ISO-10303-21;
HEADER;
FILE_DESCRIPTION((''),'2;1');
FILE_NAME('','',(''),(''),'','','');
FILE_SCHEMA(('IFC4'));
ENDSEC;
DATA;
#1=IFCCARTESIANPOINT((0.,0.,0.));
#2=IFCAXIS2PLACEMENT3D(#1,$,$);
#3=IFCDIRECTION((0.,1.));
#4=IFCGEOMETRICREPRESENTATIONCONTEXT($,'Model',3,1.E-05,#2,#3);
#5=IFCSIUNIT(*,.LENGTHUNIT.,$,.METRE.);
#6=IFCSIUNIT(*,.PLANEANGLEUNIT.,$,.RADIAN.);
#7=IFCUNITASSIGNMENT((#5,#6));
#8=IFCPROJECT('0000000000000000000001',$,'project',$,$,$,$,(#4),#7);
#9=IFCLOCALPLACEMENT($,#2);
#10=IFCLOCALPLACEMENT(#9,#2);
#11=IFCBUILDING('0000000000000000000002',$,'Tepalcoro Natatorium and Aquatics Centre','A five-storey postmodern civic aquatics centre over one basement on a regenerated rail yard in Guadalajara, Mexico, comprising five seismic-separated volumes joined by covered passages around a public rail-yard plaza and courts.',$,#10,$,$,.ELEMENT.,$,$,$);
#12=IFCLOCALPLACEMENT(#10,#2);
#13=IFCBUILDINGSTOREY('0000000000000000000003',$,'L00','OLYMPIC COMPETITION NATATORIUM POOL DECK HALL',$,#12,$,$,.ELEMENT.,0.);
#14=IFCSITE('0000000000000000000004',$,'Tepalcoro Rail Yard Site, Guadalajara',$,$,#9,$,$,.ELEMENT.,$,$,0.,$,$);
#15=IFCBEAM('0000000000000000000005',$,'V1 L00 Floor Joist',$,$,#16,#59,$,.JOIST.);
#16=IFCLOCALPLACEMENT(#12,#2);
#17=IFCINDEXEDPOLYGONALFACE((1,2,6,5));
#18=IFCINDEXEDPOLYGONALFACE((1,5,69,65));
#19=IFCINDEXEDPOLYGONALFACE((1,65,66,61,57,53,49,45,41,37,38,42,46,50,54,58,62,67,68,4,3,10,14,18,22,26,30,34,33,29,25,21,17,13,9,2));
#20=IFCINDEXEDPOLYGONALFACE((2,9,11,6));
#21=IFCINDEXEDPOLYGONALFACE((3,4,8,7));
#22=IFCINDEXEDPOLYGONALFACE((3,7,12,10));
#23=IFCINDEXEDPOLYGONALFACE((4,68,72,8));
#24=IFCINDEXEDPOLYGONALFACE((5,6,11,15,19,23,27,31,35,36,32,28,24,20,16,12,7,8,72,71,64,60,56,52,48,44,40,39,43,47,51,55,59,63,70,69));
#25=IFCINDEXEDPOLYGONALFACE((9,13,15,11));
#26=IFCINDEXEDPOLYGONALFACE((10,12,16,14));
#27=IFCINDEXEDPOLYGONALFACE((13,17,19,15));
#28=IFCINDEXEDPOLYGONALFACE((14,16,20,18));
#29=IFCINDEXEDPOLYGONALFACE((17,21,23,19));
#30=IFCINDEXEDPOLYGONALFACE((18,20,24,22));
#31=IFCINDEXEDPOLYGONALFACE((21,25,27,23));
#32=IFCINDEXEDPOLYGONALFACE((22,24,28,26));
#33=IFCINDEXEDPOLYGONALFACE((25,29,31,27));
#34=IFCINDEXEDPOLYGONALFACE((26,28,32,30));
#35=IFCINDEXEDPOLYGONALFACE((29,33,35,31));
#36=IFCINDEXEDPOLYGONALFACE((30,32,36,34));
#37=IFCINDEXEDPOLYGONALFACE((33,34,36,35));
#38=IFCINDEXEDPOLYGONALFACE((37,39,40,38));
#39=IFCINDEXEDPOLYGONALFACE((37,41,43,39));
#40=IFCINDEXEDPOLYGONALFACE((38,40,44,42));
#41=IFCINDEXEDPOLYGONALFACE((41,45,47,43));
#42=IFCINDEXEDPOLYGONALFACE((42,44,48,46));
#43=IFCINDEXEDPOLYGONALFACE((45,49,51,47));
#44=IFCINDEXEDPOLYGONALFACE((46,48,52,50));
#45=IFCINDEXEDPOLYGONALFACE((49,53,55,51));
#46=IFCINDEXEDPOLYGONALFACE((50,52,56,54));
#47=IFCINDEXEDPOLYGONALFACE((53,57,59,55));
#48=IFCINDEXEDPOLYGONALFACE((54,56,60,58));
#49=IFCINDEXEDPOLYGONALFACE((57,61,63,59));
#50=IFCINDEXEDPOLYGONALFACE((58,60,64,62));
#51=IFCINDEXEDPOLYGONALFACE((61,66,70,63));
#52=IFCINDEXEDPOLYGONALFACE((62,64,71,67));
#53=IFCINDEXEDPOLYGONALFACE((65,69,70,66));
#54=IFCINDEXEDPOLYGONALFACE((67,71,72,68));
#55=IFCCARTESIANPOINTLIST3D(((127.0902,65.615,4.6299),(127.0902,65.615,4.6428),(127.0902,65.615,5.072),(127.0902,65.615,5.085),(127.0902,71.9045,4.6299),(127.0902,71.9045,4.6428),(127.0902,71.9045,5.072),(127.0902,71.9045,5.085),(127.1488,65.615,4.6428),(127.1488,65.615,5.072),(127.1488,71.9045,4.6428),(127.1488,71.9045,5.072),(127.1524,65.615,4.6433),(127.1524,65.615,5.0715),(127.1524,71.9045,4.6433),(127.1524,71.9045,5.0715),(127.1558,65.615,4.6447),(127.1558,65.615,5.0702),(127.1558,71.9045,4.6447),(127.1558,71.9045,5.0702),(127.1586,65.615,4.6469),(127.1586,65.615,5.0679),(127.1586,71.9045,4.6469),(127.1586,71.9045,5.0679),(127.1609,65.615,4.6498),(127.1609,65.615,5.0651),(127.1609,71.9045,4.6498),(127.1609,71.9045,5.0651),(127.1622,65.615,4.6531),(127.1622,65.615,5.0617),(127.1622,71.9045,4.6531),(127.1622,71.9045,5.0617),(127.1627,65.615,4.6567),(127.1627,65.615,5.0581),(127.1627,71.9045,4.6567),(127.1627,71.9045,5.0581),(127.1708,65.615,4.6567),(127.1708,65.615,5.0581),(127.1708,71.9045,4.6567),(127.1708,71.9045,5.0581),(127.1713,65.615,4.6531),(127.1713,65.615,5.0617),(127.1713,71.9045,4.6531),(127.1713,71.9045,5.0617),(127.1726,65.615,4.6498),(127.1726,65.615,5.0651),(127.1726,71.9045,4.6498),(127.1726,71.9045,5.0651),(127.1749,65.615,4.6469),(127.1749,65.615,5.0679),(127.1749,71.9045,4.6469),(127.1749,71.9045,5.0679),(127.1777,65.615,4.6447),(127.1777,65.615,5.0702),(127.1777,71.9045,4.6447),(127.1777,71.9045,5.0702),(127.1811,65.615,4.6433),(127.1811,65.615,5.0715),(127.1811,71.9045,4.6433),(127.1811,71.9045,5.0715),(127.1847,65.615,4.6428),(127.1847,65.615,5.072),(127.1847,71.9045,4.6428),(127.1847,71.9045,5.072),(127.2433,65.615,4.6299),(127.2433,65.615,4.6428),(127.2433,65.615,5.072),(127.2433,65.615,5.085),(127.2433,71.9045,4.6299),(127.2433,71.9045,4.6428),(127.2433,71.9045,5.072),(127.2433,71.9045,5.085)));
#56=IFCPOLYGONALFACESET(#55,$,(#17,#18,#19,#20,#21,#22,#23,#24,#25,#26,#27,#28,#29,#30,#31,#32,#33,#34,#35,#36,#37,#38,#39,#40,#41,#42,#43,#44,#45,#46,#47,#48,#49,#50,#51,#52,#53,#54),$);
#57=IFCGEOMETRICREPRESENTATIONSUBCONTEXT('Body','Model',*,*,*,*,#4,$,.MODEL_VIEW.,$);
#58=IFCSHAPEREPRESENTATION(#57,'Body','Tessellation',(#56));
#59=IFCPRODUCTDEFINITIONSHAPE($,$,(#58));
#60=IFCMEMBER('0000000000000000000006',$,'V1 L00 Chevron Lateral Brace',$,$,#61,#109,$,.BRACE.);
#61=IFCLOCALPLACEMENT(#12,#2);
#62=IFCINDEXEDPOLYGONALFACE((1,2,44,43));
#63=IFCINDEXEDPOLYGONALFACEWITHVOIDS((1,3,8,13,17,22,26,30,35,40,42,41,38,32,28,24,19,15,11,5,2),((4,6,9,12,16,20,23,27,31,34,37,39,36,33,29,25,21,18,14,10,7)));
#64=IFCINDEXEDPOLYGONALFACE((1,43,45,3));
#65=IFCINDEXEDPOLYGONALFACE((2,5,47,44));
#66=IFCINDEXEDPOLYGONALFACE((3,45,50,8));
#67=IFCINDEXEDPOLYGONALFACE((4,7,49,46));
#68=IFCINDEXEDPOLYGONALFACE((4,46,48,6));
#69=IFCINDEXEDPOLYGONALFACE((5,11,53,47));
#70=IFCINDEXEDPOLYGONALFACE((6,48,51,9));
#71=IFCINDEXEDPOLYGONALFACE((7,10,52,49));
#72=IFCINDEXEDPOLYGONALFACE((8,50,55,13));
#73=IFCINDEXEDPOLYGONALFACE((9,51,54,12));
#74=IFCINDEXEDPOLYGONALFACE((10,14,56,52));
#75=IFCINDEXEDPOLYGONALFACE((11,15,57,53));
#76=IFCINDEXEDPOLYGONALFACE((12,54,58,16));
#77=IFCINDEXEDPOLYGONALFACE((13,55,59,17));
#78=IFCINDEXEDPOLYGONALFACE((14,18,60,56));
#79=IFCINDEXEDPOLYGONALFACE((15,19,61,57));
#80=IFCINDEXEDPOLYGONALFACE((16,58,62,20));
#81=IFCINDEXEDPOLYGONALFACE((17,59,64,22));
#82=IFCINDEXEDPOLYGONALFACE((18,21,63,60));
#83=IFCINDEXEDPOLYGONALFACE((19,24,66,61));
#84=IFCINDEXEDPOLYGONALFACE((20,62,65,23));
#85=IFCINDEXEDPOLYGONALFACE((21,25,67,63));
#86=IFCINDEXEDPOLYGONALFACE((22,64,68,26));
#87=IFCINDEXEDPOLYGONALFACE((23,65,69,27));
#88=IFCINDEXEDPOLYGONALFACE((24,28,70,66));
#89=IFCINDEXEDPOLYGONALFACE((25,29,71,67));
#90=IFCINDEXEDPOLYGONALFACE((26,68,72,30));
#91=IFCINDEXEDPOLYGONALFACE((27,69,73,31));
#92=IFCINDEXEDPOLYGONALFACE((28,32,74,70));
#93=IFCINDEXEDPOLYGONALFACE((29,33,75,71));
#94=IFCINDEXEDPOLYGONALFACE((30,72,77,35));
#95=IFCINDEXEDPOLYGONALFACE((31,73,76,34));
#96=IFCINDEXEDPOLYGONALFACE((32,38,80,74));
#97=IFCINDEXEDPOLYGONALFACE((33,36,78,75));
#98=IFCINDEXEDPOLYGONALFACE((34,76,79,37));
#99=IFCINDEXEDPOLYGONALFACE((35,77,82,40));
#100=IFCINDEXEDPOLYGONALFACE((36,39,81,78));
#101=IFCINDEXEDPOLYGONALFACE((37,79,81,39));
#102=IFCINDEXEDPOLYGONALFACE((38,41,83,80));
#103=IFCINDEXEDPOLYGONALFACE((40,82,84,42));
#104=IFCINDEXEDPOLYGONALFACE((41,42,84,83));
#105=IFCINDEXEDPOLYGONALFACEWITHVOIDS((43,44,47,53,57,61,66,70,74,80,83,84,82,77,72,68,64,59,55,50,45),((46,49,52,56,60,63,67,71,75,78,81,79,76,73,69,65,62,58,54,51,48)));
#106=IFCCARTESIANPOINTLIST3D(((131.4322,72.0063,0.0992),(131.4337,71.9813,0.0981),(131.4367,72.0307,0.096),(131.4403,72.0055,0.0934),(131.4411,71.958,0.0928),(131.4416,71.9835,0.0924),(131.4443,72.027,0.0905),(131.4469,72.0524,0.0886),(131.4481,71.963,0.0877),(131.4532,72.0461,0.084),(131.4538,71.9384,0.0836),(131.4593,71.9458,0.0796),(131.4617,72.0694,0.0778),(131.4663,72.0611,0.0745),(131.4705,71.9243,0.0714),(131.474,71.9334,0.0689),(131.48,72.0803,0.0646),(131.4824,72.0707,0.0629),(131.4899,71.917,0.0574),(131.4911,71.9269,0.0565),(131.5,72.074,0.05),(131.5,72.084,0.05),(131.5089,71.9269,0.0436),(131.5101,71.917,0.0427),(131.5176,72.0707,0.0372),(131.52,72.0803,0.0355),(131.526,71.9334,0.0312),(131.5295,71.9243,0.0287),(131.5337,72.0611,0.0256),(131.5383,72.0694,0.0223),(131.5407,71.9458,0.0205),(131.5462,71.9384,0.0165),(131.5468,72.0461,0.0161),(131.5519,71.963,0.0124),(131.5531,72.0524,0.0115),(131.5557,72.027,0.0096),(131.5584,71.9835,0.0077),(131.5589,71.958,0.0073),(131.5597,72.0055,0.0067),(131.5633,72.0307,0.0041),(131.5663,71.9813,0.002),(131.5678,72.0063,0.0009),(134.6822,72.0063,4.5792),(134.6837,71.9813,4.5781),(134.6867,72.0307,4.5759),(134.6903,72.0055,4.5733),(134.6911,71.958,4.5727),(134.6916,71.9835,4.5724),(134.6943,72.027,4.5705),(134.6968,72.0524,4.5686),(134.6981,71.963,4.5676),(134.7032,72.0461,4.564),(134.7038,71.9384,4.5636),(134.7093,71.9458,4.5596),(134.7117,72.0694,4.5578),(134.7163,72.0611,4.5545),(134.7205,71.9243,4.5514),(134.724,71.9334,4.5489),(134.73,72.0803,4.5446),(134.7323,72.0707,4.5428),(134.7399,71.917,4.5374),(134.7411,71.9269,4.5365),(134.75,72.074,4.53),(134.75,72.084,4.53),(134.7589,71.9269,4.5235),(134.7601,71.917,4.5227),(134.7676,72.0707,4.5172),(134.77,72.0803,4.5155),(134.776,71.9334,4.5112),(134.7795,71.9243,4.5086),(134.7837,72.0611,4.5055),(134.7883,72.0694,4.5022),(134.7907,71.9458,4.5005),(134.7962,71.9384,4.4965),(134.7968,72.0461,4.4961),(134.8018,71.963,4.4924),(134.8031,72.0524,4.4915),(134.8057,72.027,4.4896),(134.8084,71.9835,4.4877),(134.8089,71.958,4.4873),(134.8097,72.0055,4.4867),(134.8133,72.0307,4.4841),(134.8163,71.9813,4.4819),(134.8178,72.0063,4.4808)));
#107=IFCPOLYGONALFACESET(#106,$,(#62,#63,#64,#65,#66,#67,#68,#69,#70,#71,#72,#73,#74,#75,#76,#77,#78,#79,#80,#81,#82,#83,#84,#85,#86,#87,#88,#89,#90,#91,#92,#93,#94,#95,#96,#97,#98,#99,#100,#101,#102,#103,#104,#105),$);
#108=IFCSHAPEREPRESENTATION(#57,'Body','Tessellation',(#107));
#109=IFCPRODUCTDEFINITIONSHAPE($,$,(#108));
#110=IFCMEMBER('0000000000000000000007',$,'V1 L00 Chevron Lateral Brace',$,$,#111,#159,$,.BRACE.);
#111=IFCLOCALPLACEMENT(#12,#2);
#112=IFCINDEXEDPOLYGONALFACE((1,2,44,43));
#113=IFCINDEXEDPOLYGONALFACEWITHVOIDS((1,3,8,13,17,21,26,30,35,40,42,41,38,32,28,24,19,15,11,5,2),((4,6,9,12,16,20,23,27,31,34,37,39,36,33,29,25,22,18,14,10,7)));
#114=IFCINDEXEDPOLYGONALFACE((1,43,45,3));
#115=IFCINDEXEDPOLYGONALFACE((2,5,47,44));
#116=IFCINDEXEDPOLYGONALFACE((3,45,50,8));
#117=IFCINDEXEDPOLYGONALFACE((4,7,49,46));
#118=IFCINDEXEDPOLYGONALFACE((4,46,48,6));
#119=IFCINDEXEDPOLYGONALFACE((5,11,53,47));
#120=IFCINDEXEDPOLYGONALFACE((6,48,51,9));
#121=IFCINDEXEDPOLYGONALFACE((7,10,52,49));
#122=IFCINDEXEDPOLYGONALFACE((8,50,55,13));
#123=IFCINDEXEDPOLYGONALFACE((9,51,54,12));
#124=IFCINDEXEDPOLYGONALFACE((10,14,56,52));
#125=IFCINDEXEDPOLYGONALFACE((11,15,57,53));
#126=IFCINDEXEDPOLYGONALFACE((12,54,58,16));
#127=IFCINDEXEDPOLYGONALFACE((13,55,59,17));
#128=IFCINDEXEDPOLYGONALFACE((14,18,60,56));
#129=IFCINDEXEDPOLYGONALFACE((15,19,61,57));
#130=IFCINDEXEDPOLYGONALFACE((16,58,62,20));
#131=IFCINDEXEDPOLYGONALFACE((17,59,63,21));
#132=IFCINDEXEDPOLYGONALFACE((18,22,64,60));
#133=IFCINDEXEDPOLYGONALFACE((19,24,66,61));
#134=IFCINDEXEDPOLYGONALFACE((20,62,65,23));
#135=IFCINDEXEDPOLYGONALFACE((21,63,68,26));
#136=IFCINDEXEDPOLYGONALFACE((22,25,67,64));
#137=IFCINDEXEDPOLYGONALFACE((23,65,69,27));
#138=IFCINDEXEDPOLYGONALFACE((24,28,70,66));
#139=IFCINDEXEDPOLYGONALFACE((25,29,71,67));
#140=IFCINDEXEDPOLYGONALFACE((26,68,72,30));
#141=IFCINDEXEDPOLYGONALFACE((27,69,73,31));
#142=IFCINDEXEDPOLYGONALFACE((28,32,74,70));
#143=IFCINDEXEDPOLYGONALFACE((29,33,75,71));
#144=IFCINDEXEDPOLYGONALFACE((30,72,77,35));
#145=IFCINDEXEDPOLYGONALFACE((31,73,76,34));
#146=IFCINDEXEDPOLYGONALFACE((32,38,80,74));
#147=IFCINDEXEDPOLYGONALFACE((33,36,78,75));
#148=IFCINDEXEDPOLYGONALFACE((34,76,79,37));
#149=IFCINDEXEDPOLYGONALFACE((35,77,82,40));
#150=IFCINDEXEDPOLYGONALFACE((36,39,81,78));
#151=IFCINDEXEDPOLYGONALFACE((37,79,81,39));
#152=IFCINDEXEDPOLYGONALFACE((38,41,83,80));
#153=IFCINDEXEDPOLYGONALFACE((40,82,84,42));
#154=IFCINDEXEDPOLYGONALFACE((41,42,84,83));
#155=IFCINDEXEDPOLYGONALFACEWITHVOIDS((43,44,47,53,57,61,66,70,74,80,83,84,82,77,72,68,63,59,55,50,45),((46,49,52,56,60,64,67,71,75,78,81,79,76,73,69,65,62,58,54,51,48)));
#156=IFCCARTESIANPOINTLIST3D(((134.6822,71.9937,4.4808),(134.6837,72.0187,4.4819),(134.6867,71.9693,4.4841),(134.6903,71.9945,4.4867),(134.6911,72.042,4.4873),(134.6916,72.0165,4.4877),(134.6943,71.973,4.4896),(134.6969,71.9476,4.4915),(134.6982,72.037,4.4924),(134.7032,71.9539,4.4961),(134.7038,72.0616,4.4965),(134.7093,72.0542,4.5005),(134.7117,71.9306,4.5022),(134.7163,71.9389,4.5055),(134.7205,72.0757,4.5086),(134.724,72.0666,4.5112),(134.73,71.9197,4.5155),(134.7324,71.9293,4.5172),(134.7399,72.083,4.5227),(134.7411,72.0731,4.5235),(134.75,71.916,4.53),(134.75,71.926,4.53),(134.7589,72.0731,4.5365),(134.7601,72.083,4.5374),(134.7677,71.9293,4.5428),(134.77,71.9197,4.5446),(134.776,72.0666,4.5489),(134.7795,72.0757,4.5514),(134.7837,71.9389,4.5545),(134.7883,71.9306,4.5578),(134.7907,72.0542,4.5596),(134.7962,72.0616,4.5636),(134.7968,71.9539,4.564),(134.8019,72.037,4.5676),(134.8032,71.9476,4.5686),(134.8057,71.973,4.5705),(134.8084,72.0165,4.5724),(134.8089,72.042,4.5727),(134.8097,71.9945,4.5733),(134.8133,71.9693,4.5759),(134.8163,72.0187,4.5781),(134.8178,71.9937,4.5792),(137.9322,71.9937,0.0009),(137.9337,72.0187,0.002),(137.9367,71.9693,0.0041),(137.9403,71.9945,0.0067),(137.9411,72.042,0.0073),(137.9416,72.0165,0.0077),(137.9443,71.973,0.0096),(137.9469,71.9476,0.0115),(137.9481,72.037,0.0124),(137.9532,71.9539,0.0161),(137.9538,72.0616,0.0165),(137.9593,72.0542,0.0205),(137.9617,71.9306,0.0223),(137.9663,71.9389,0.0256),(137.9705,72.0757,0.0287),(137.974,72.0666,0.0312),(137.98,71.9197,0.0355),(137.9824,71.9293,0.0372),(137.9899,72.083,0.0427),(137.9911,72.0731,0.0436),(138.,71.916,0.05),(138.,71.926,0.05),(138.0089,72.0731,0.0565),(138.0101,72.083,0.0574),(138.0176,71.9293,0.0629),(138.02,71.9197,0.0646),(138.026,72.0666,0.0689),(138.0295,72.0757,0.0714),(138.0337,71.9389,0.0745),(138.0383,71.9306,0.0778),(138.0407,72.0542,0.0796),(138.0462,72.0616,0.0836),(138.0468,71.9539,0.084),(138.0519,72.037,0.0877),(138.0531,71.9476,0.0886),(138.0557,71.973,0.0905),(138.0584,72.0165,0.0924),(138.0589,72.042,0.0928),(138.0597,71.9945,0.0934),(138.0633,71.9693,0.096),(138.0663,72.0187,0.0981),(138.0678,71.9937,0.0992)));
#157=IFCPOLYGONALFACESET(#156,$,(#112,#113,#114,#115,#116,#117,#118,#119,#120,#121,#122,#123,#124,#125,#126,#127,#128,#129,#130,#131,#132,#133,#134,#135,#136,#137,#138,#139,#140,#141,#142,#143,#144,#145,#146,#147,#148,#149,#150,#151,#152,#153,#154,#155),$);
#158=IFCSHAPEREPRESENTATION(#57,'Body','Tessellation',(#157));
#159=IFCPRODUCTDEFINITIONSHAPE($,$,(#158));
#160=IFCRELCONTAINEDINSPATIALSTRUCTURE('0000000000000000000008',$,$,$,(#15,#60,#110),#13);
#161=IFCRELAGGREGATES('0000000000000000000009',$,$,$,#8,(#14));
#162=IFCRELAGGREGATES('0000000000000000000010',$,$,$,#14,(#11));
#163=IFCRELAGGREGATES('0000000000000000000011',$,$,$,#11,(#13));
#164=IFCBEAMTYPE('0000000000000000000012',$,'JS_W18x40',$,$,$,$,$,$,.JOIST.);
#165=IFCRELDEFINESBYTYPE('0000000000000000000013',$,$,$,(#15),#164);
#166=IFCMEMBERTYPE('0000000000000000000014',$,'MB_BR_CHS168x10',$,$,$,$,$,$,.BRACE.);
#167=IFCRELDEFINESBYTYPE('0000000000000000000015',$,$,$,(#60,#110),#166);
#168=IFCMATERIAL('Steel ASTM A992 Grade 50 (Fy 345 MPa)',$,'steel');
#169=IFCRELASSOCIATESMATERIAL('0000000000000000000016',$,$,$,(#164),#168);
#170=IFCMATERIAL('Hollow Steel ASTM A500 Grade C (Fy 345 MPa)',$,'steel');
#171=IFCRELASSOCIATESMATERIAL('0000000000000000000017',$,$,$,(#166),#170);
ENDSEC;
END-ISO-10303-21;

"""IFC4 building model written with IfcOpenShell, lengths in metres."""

from ifc_helpers import new_model, si_unit, direction, frame, origin, origin_2d, place, context, subcontext, project, spatial, hollow_circle, i_section, extrude, material, material_profile, profile_set, type_object, element, save


model = new_model("IFC4")

# Units and contexts
model_context = context("Model", 3, precision=1e-05, world=origin(), true_north=direction((0.0, 1.0)))
body_context = subcontext(model_context, "Body", "Model", "MODEL_VIEW")
ifc_project = project(units=[si_unit("LENGTHUNIT", "METRE"), si_unit("PLANEANGLEUNIT", "RADIAN")], contexts=[model_context])

# Site, building, storey
site_placement = place(None, origin())
site = spatial("IfcSite", under=ifc_project, at=site_placement, Name="Tepalcoro Rail Yard Site, Guadalajara", CompositionType="ELEMENT", RefElevation=0.0)
building_placement = place(site_placement, origin())
building = spatial("IfcBuilding", under=site, at=building_placement, Name="Tepalcoro Natatorium and Aquatics Centre", Description="A five-storey postmodern civic aquatics centre over one basement on a regenerated rail yard in Guadalajara, Mexico, comprising five seismic-separated volumes joined by covered passages around a public rail-yard plaza and courts.", CompositionType="ELEMENT")
storey_placement = place(building_placement, origin())
storey = spatial("IfcBuildingStorey", under=building, at=storey_placement, Name="L00", Description="OLYMPIC COMPETITION NATATORIUM POOL DECK HALL", CompositionType="ELEMENT", Elevation=0.0)

# Beam
ifc_material_1 = material(Name="Steel ASTM A992 Grade 50 (Fy 345 MPa)", Category="steel")
ifc_material_profile_1 = material_profile(ifc_material_1, i_section(OverallWidth=0.1531, OverallDepth=0.4551, WebThickness=0.0081, FlangeThickness=0.0129, FilletRadius=0.0139, at=origin_2d()), Name="W18X40")
ifc_profile_set_1 = profile_set([ifc_material_profile_1], Name="Steel ASTM A992 Grade 50 (Fy 345 MPa)")
beam_type_1 = type_object("IfcBeamType", Name="JS_W18x40", PredefinedType="JOIST", material=ifc_profile_set_1)
beam_1_placement = place(storey_placement, frame((127.1667, 65.615, 4.8574), z_axis=(0.0, 1.0, 0.0), x_axis=(-1.0, 0.0, 0.0)))
element("IfcBeam", 1, at=beam_1_placement, inside=storey, type_object=beam_type_1, Name="V1 L00 Floor Joist", PredefinedType="JOIST", context=body_context, shape_type="SweptSolid", body=[
    extrude(i_section(OverallWidth=0.1531, OverallDepth=0.4551, WebThickness=0.0081, FlangeThickness=0.0129, FilletRadius=0.0139, at=origin_2d()), origin(), (0.0, 0.0, 1.0), 6.2896),
])

# Members
ifc_material_2 = material(Name="Hollow Steel ASTM A500 Grade C (Fy 345 MPa)", Category="steel")
ifc_material_profile_2 = material_profile(ifc_material_2, hollow_circle(Radius=0.084, WallThickness=0.01, at=origin_2d()), Name="CHS168X10")
ifc_profile_set_2 = profile_set([ifc_material_profile_2], Name="Hollow Steel ASTM A500 Grade C (Fy 345 MPa)")
member_type = type_object("IfcMemberType", Name="MB_BR_CHS168x10", PredefinedType="BRACE", material=ifc_profile_set_2)
for number, where, z_axis, x_axis, name in (
    (2, (131.5, 72.0, 0.05), (0.587206, 0.0, 0.809437), (0.0, 1.0, 0.0), "V1 L00 Chevron Lateral Brace"),
    (3, (138.0, 72.0, 0.05), (-0.587206, 0.0, 0.809437), (0.0, -1.0, 0.0), "V1 L00 Chevron Lateral Brace"),
):
    element("IfcMember", number, at=place(storey_placement, frame(where, z_axis=z_axis, x_axis=x_axis)), inside=storey, type_object=member_type, Name=name, PredefinedType="BRACE", context=body_context, shape_type="SweptSolid", body=[
        extrude(hollow_circle(Radius=0.084, WallThickness=0.01, at=origin_2d()), origin(), (0.0, 0.0, 1.0), 5.5347),
    ])

save(model, "model.ifc")
